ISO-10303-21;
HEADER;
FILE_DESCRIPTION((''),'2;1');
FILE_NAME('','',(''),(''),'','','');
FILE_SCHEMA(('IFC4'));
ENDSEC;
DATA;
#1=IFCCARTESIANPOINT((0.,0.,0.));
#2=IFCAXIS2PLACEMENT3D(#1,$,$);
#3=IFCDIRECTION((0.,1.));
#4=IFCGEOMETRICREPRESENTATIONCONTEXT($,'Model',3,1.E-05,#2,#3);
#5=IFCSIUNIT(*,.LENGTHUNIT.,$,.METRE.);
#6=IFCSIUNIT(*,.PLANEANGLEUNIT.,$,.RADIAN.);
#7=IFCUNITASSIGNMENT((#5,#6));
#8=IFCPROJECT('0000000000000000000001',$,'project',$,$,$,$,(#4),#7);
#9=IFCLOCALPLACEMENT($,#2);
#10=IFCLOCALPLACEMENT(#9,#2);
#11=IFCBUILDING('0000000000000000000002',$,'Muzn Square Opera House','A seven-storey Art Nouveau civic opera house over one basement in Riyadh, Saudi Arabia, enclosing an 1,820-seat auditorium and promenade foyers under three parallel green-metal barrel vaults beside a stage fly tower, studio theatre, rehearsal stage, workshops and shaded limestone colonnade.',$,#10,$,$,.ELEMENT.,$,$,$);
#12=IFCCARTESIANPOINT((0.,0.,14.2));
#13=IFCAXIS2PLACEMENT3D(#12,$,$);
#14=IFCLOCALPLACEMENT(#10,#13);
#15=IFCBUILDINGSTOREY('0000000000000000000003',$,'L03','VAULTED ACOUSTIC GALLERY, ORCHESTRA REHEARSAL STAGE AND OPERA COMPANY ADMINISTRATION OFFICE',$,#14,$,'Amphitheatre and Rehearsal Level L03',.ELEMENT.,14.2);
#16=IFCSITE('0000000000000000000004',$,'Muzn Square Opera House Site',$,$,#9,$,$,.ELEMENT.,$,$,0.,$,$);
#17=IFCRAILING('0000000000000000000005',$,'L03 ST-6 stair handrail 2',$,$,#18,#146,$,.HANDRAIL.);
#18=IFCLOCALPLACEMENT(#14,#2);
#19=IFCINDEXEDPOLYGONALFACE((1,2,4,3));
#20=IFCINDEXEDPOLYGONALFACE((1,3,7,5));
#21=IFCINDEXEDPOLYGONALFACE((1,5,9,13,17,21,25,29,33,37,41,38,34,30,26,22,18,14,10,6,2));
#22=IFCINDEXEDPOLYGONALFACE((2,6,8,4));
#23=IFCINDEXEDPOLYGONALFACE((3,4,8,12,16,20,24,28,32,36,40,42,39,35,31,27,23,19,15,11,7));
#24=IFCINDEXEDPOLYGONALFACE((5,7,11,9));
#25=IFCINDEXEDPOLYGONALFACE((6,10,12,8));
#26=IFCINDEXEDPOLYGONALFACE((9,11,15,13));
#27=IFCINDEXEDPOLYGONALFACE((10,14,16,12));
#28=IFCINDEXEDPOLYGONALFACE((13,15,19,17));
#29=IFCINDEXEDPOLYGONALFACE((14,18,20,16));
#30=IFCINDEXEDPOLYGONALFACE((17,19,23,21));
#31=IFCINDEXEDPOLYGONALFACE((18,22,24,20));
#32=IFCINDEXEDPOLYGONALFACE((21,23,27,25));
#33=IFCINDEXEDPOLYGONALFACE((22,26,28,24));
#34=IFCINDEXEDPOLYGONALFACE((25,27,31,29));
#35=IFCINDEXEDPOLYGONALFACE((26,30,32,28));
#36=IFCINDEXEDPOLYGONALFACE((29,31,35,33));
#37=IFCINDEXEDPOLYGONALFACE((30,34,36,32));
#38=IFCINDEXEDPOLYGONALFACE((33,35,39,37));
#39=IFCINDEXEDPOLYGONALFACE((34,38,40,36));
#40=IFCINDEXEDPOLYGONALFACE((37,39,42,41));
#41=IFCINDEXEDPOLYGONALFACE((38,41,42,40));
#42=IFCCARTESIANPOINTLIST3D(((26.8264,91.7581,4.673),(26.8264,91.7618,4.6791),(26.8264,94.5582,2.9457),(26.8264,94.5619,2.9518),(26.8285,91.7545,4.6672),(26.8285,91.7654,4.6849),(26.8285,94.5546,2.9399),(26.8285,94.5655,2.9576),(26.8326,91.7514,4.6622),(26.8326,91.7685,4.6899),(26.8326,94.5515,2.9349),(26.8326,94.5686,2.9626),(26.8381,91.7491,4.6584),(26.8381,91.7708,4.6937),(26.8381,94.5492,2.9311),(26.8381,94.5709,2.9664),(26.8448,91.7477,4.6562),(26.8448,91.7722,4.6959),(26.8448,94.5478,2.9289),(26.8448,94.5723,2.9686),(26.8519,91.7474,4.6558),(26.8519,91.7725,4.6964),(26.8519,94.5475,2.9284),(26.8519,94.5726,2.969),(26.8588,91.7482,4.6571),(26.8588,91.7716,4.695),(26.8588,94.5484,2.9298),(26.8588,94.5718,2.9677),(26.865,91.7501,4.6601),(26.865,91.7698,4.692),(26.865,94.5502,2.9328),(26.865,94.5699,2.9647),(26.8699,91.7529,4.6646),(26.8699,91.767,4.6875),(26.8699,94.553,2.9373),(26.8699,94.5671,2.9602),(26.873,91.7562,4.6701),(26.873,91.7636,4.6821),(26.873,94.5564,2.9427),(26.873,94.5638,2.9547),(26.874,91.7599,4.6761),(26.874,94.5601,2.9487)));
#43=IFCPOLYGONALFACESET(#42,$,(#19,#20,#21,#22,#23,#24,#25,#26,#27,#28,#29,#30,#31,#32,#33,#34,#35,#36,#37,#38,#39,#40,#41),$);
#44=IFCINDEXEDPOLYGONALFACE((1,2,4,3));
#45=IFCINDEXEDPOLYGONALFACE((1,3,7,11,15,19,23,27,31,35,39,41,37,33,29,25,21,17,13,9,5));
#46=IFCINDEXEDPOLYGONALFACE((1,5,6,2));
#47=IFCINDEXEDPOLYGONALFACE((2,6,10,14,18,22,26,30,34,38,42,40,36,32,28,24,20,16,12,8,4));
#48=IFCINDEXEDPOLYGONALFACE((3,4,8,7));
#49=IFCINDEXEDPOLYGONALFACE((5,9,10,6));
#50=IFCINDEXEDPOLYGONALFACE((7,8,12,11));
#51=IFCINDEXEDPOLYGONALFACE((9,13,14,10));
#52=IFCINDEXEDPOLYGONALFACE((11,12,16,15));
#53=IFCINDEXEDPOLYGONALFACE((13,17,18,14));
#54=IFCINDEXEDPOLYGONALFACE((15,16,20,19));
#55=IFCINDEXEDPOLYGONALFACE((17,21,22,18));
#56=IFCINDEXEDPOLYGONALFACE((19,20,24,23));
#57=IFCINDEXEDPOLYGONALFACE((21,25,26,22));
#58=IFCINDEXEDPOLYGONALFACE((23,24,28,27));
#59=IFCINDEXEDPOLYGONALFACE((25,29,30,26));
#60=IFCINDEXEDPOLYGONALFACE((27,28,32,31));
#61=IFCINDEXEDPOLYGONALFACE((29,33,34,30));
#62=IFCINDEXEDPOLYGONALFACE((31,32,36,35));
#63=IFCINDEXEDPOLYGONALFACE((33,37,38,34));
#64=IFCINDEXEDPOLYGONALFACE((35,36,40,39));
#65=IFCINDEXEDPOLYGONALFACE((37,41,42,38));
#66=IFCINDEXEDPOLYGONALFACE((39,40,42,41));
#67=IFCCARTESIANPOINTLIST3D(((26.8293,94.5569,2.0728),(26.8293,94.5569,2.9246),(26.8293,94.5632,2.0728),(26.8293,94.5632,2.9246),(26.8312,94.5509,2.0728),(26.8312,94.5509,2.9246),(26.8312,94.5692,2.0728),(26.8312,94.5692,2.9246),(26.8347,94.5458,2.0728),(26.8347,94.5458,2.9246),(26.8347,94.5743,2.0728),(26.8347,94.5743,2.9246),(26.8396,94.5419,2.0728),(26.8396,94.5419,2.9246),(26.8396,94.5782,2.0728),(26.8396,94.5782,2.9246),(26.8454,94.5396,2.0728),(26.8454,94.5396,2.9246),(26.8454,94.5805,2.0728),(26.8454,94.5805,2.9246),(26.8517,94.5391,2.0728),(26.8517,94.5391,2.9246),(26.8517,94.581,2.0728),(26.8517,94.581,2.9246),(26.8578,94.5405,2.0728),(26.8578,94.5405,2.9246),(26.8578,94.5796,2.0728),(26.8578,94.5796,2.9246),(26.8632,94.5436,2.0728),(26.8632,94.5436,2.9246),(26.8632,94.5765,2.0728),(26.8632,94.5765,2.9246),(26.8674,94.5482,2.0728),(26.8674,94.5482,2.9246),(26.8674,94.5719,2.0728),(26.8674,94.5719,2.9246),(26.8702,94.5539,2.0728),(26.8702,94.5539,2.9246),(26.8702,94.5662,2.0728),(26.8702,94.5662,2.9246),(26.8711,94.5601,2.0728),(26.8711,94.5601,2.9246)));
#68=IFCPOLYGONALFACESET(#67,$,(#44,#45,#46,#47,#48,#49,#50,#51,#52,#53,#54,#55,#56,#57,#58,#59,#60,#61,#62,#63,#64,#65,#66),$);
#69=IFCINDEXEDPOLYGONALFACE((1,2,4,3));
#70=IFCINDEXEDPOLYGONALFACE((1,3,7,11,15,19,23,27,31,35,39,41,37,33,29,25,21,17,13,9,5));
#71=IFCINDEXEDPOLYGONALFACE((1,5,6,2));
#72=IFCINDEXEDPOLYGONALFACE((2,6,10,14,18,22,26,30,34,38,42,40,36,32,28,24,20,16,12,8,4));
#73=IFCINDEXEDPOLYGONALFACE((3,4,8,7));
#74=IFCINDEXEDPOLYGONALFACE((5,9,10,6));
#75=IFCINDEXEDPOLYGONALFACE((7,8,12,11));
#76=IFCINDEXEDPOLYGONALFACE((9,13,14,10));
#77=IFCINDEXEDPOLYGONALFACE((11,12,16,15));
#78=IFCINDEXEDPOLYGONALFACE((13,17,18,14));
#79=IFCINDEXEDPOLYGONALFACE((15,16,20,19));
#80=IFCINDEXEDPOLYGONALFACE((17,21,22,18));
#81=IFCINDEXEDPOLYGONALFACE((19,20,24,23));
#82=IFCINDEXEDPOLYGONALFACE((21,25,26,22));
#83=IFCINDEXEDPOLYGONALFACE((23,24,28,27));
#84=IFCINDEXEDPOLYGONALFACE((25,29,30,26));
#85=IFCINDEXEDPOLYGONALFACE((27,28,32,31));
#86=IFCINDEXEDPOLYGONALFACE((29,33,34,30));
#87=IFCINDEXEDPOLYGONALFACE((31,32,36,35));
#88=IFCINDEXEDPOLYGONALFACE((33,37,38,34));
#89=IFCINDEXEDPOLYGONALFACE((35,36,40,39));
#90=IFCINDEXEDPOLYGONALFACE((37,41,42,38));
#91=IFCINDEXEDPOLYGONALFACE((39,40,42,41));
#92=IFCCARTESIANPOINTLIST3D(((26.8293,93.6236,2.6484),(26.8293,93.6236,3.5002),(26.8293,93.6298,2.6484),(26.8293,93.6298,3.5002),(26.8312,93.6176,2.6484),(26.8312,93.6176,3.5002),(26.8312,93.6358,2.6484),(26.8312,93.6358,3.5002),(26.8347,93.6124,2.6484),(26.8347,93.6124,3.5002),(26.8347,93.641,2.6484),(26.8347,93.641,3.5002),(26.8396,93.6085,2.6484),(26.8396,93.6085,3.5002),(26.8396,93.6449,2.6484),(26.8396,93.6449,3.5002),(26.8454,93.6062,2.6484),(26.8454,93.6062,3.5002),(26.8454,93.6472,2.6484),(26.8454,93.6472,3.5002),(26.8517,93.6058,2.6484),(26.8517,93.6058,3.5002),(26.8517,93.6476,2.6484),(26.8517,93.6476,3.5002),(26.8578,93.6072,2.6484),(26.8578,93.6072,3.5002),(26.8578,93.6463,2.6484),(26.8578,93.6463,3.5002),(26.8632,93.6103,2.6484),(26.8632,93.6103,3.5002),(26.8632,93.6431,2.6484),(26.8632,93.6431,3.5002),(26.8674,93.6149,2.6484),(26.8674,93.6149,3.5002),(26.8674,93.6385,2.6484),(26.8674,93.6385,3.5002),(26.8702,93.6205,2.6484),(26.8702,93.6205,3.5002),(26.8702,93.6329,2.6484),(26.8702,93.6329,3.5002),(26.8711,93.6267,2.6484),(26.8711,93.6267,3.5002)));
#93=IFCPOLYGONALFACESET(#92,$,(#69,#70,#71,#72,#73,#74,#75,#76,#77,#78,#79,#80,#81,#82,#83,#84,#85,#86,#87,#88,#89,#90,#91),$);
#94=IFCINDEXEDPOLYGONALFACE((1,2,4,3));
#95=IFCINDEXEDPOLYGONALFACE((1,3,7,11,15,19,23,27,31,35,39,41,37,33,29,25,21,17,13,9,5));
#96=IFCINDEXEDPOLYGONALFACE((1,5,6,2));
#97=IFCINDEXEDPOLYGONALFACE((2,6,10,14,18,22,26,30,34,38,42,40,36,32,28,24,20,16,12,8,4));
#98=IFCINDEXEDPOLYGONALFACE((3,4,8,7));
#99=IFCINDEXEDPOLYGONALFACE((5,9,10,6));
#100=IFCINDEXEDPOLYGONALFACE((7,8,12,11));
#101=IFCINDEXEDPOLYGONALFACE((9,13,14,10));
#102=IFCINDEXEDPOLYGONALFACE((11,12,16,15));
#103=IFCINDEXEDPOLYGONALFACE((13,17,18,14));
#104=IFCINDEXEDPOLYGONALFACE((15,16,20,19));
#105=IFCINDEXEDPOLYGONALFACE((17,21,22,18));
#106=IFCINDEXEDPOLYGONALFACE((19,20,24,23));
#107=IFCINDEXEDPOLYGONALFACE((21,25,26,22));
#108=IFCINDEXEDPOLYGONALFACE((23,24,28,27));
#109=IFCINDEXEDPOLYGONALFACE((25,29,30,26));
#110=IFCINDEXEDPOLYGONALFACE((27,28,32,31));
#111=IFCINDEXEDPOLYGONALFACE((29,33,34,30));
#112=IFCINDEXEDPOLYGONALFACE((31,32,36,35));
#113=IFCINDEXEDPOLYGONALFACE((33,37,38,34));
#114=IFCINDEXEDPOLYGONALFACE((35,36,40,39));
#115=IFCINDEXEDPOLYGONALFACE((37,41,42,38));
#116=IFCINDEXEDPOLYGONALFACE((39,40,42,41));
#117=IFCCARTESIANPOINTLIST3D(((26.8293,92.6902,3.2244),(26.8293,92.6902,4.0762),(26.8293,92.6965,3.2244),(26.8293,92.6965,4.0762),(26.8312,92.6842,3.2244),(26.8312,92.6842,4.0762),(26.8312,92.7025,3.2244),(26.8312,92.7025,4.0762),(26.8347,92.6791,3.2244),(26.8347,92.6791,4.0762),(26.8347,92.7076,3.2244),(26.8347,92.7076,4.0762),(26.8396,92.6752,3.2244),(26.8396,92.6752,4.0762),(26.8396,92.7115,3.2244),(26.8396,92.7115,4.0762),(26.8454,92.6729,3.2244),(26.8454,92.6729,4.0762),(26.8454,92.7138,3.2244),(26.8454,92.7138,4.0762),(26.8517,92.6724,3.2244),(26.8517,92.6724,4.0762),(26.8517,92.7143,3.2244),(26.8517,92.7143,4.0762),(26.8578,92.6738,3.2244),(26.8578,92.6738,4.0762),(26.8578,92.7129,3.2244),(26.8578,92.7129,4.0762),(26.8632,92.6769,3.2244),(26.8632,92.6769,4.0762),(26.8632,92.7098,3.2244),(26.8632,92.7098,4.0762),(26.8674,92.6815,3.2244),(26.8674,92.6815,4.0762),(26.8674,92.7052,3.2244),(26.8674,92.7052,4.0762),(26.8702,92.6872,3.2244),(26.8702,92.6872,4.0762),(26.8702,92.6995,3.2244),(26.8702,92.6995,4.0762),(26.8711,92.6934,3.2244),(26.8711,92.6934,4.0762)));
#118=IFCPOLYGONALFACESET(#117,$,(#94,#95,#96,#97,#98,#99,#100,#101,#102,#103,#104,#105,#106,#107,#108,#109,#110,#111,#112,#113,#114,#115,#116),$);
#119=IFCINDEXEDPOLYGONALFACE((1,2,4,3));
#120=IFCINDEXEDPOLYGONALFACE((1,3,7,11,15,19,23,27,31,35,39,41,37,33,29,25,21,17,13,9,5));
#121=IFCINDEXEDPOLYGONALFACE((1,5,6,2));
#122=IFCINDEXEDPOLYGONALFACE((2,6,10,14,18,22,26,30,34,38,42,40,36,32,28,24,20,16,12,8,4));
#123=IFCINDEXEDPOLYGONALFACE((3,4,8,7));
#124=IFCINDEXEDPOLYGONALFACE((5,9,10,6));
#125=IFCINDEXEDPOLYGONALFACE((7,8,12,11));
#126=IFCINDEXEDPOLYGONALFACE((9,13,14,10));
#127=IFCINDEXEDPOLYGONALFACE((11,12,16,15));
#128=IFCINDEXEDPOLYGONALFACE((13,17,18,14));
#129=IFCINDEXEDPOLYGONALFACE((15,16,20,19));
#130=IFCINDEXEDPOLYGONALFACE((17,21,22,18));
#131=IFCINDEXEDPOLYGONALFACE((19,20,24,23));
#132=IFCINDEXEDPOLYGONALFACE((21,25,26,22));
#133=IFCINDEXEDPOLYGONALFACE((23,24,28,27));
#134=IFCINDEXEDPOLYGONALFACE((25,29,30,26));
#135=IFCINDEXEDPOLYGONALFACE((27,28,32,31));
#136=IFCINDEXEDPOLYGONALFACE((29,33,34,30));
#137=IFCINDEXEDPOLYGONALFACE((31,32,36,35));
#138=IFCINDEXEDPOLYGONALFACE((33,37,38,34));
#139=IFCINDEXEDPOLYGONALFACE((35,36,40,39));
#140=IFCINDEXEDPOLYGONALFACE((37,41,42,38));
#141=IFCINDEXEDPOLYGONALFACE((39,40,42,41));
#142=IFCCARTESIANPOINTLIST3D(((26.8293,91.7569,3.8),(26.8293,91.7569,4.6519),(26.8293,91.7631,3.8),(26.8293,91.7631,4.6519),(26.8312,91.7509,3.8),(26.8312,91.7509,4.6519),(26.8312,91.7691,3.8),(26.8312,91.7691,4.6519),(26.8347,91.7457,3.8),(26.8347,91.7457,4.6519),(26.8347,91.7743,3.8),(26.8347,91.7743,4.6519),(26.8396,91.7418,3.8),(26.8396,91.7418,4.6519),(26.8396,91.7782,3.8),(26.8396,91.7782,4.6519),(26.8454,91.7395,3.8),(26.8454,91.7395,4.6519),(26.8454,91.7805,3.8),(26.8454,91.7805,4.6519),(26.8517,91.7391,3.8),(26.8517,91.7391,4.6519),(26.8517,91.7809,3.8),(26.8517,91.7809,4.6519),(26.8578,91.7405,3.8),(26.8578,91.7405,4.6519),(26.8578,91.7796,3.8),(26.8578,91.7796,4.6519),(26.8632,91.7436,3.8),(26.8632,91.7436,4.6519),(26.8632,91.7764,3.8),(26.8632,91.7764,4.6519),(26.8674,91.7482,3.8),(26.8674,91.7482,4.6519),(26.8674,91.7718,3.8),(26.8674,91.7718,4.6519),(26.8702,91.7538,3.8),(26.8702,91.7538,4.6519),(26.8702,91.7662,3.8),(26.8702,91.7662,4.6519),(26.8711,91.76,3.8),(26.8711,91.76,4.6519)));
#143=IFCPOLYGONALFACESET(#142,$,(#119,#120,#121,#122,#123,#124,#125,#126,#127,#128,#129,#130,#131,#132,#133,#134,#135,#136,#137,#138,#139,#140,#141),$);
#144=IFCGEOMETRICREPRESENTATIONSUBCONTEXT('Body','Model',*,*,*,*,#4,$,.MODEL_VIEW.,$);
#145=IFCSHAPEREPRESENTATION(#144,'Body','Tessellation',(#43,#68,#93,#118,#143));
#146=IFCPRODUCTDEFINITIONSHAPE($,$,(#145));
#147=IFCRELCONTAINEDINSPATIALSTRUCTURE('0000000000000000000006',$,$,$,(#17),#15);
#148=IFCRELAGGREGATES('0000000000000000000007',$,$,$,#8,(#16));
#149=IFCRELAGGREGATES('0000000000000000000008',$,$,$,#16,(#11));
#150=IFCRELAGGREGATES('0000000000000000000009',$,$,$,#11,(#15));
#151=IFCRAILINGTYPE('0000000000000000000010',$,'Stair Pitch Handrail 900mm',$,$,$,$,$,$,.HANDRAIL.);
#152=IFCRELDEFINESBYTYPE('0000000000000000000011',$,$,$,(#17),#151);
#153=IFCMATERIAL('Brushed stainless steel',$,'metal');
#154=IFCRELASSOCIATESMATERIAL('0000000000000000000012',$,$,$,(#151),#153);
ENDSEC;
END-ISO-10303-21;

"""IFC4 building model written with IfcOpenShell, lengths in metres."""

from ifc_helpers import new_model, si_unit, direction, frame, origin, origin_2d, place, context, subcontext, project, spatial, circle, extrude, material, type_object, element, save


model = new_model("IFC4")

# Units and contexts
model_context = context("Model", 3, precision=1e-05, world=origin(), true_north=direction((0.0, 1.0)))
body_context = subcontext(model_context, "Body", "Model", "MODEL_VIEW")
ifc_project = project(units=[si_unit("LENGTHUNIT", "METRE"), si_unit("PLANEANGLEUNIT", "RADIAN")], contexts=[model_context])

# Site, building, storey
site_placement = place(None, origin())
site = spatial("IfcSite", under=ifc_project, at=site_placement, Name="Muzn Square Opera House Site", CompositionType="ELEMENT", RefElevation=0.0)
building_placement = place(site_placement, origin())
building = spatial("IfcBuilding", under=site, at=building_placement, Name="Muzn Square Opera House", Description="A seven-storey Art Nouveau civic opera house over one basement in Riyadh, Saudi Arabia, enclosing an 1,820-seat auditorium and promenade foyers under three parallel green-metal barrel vaults beside a stage fly tower, studio theatre, rehearsal stage, workshops and shaded limestone colonnade.", CompositionType="ELEMENT")
storey_placement = place(building_placement, frame((0.0, 0.0, 14.2)))
storey = spatial("IfcBuildingStorey", under=building, at=storey_placement, Name="L03", Description="VAULTED ACOUSTIC GALLERY, ORCHESTRA REHEARSAL STAGE AND OPERA COMPANY ADMINISTRATION OFFICE", LongName="Amphitheatre and Rehearsal Level L03", CompositionType="ELEMENT", Elevation=14.2)

# Railing
ifc_material_1 = material(Name="Brushed stainless steel", Category="metal")
railing_type_1 = type_object("IfcRailingType", Name="Stair Pitch Handrail 900mm", PredefinedType="HANDRAIL", material=ifc_material_1)
railing_1_placement = place(storey_placement, frame((26.8501, 94.5601, 2.0728)))
element("IfcRailing", 1, at=railing_1_placement, inside=storey, type_object=railing_type_1, Name="L03 ST-6 stair handrail 2", PredefinedType="HANDRAIL", context=body_context, shape_type="SweptSolid", body=[
    extrude(circle(Radius=0.0239, at=origin_2d()), frame((0.0, 0.0, 0.876), z_axis=(0.0, -0.85109, 0.52502), x_axis=(1.0, 0.0, 0.0)), (0.0, 0.0, 1.0), 3.29),
    extrude(circle(Radius=0.021, at=origin_2d()), origin(), (0.0, 0.0, 1.0), 0.8518),
    extrude(circle(Radius=0.021, at=origin_2d()), frame((0.0, -0.9333, 0.5757)), (0.0, 0.0, 1.0), 0.8518),
    extrude(circle(Radius=0.021, at=origin_2d()), frame((0.0, -1.8667, 1.1516)), (0.0, 0.0, 1.0), 0.8518),
    extrude(circle(Radius=0.021, at=origin_2d()), frame((0.0, -2.8, 1.7273)), (0.0, 0.0, 1.0), 0.8518),
])

save(model, "model.ifc")
